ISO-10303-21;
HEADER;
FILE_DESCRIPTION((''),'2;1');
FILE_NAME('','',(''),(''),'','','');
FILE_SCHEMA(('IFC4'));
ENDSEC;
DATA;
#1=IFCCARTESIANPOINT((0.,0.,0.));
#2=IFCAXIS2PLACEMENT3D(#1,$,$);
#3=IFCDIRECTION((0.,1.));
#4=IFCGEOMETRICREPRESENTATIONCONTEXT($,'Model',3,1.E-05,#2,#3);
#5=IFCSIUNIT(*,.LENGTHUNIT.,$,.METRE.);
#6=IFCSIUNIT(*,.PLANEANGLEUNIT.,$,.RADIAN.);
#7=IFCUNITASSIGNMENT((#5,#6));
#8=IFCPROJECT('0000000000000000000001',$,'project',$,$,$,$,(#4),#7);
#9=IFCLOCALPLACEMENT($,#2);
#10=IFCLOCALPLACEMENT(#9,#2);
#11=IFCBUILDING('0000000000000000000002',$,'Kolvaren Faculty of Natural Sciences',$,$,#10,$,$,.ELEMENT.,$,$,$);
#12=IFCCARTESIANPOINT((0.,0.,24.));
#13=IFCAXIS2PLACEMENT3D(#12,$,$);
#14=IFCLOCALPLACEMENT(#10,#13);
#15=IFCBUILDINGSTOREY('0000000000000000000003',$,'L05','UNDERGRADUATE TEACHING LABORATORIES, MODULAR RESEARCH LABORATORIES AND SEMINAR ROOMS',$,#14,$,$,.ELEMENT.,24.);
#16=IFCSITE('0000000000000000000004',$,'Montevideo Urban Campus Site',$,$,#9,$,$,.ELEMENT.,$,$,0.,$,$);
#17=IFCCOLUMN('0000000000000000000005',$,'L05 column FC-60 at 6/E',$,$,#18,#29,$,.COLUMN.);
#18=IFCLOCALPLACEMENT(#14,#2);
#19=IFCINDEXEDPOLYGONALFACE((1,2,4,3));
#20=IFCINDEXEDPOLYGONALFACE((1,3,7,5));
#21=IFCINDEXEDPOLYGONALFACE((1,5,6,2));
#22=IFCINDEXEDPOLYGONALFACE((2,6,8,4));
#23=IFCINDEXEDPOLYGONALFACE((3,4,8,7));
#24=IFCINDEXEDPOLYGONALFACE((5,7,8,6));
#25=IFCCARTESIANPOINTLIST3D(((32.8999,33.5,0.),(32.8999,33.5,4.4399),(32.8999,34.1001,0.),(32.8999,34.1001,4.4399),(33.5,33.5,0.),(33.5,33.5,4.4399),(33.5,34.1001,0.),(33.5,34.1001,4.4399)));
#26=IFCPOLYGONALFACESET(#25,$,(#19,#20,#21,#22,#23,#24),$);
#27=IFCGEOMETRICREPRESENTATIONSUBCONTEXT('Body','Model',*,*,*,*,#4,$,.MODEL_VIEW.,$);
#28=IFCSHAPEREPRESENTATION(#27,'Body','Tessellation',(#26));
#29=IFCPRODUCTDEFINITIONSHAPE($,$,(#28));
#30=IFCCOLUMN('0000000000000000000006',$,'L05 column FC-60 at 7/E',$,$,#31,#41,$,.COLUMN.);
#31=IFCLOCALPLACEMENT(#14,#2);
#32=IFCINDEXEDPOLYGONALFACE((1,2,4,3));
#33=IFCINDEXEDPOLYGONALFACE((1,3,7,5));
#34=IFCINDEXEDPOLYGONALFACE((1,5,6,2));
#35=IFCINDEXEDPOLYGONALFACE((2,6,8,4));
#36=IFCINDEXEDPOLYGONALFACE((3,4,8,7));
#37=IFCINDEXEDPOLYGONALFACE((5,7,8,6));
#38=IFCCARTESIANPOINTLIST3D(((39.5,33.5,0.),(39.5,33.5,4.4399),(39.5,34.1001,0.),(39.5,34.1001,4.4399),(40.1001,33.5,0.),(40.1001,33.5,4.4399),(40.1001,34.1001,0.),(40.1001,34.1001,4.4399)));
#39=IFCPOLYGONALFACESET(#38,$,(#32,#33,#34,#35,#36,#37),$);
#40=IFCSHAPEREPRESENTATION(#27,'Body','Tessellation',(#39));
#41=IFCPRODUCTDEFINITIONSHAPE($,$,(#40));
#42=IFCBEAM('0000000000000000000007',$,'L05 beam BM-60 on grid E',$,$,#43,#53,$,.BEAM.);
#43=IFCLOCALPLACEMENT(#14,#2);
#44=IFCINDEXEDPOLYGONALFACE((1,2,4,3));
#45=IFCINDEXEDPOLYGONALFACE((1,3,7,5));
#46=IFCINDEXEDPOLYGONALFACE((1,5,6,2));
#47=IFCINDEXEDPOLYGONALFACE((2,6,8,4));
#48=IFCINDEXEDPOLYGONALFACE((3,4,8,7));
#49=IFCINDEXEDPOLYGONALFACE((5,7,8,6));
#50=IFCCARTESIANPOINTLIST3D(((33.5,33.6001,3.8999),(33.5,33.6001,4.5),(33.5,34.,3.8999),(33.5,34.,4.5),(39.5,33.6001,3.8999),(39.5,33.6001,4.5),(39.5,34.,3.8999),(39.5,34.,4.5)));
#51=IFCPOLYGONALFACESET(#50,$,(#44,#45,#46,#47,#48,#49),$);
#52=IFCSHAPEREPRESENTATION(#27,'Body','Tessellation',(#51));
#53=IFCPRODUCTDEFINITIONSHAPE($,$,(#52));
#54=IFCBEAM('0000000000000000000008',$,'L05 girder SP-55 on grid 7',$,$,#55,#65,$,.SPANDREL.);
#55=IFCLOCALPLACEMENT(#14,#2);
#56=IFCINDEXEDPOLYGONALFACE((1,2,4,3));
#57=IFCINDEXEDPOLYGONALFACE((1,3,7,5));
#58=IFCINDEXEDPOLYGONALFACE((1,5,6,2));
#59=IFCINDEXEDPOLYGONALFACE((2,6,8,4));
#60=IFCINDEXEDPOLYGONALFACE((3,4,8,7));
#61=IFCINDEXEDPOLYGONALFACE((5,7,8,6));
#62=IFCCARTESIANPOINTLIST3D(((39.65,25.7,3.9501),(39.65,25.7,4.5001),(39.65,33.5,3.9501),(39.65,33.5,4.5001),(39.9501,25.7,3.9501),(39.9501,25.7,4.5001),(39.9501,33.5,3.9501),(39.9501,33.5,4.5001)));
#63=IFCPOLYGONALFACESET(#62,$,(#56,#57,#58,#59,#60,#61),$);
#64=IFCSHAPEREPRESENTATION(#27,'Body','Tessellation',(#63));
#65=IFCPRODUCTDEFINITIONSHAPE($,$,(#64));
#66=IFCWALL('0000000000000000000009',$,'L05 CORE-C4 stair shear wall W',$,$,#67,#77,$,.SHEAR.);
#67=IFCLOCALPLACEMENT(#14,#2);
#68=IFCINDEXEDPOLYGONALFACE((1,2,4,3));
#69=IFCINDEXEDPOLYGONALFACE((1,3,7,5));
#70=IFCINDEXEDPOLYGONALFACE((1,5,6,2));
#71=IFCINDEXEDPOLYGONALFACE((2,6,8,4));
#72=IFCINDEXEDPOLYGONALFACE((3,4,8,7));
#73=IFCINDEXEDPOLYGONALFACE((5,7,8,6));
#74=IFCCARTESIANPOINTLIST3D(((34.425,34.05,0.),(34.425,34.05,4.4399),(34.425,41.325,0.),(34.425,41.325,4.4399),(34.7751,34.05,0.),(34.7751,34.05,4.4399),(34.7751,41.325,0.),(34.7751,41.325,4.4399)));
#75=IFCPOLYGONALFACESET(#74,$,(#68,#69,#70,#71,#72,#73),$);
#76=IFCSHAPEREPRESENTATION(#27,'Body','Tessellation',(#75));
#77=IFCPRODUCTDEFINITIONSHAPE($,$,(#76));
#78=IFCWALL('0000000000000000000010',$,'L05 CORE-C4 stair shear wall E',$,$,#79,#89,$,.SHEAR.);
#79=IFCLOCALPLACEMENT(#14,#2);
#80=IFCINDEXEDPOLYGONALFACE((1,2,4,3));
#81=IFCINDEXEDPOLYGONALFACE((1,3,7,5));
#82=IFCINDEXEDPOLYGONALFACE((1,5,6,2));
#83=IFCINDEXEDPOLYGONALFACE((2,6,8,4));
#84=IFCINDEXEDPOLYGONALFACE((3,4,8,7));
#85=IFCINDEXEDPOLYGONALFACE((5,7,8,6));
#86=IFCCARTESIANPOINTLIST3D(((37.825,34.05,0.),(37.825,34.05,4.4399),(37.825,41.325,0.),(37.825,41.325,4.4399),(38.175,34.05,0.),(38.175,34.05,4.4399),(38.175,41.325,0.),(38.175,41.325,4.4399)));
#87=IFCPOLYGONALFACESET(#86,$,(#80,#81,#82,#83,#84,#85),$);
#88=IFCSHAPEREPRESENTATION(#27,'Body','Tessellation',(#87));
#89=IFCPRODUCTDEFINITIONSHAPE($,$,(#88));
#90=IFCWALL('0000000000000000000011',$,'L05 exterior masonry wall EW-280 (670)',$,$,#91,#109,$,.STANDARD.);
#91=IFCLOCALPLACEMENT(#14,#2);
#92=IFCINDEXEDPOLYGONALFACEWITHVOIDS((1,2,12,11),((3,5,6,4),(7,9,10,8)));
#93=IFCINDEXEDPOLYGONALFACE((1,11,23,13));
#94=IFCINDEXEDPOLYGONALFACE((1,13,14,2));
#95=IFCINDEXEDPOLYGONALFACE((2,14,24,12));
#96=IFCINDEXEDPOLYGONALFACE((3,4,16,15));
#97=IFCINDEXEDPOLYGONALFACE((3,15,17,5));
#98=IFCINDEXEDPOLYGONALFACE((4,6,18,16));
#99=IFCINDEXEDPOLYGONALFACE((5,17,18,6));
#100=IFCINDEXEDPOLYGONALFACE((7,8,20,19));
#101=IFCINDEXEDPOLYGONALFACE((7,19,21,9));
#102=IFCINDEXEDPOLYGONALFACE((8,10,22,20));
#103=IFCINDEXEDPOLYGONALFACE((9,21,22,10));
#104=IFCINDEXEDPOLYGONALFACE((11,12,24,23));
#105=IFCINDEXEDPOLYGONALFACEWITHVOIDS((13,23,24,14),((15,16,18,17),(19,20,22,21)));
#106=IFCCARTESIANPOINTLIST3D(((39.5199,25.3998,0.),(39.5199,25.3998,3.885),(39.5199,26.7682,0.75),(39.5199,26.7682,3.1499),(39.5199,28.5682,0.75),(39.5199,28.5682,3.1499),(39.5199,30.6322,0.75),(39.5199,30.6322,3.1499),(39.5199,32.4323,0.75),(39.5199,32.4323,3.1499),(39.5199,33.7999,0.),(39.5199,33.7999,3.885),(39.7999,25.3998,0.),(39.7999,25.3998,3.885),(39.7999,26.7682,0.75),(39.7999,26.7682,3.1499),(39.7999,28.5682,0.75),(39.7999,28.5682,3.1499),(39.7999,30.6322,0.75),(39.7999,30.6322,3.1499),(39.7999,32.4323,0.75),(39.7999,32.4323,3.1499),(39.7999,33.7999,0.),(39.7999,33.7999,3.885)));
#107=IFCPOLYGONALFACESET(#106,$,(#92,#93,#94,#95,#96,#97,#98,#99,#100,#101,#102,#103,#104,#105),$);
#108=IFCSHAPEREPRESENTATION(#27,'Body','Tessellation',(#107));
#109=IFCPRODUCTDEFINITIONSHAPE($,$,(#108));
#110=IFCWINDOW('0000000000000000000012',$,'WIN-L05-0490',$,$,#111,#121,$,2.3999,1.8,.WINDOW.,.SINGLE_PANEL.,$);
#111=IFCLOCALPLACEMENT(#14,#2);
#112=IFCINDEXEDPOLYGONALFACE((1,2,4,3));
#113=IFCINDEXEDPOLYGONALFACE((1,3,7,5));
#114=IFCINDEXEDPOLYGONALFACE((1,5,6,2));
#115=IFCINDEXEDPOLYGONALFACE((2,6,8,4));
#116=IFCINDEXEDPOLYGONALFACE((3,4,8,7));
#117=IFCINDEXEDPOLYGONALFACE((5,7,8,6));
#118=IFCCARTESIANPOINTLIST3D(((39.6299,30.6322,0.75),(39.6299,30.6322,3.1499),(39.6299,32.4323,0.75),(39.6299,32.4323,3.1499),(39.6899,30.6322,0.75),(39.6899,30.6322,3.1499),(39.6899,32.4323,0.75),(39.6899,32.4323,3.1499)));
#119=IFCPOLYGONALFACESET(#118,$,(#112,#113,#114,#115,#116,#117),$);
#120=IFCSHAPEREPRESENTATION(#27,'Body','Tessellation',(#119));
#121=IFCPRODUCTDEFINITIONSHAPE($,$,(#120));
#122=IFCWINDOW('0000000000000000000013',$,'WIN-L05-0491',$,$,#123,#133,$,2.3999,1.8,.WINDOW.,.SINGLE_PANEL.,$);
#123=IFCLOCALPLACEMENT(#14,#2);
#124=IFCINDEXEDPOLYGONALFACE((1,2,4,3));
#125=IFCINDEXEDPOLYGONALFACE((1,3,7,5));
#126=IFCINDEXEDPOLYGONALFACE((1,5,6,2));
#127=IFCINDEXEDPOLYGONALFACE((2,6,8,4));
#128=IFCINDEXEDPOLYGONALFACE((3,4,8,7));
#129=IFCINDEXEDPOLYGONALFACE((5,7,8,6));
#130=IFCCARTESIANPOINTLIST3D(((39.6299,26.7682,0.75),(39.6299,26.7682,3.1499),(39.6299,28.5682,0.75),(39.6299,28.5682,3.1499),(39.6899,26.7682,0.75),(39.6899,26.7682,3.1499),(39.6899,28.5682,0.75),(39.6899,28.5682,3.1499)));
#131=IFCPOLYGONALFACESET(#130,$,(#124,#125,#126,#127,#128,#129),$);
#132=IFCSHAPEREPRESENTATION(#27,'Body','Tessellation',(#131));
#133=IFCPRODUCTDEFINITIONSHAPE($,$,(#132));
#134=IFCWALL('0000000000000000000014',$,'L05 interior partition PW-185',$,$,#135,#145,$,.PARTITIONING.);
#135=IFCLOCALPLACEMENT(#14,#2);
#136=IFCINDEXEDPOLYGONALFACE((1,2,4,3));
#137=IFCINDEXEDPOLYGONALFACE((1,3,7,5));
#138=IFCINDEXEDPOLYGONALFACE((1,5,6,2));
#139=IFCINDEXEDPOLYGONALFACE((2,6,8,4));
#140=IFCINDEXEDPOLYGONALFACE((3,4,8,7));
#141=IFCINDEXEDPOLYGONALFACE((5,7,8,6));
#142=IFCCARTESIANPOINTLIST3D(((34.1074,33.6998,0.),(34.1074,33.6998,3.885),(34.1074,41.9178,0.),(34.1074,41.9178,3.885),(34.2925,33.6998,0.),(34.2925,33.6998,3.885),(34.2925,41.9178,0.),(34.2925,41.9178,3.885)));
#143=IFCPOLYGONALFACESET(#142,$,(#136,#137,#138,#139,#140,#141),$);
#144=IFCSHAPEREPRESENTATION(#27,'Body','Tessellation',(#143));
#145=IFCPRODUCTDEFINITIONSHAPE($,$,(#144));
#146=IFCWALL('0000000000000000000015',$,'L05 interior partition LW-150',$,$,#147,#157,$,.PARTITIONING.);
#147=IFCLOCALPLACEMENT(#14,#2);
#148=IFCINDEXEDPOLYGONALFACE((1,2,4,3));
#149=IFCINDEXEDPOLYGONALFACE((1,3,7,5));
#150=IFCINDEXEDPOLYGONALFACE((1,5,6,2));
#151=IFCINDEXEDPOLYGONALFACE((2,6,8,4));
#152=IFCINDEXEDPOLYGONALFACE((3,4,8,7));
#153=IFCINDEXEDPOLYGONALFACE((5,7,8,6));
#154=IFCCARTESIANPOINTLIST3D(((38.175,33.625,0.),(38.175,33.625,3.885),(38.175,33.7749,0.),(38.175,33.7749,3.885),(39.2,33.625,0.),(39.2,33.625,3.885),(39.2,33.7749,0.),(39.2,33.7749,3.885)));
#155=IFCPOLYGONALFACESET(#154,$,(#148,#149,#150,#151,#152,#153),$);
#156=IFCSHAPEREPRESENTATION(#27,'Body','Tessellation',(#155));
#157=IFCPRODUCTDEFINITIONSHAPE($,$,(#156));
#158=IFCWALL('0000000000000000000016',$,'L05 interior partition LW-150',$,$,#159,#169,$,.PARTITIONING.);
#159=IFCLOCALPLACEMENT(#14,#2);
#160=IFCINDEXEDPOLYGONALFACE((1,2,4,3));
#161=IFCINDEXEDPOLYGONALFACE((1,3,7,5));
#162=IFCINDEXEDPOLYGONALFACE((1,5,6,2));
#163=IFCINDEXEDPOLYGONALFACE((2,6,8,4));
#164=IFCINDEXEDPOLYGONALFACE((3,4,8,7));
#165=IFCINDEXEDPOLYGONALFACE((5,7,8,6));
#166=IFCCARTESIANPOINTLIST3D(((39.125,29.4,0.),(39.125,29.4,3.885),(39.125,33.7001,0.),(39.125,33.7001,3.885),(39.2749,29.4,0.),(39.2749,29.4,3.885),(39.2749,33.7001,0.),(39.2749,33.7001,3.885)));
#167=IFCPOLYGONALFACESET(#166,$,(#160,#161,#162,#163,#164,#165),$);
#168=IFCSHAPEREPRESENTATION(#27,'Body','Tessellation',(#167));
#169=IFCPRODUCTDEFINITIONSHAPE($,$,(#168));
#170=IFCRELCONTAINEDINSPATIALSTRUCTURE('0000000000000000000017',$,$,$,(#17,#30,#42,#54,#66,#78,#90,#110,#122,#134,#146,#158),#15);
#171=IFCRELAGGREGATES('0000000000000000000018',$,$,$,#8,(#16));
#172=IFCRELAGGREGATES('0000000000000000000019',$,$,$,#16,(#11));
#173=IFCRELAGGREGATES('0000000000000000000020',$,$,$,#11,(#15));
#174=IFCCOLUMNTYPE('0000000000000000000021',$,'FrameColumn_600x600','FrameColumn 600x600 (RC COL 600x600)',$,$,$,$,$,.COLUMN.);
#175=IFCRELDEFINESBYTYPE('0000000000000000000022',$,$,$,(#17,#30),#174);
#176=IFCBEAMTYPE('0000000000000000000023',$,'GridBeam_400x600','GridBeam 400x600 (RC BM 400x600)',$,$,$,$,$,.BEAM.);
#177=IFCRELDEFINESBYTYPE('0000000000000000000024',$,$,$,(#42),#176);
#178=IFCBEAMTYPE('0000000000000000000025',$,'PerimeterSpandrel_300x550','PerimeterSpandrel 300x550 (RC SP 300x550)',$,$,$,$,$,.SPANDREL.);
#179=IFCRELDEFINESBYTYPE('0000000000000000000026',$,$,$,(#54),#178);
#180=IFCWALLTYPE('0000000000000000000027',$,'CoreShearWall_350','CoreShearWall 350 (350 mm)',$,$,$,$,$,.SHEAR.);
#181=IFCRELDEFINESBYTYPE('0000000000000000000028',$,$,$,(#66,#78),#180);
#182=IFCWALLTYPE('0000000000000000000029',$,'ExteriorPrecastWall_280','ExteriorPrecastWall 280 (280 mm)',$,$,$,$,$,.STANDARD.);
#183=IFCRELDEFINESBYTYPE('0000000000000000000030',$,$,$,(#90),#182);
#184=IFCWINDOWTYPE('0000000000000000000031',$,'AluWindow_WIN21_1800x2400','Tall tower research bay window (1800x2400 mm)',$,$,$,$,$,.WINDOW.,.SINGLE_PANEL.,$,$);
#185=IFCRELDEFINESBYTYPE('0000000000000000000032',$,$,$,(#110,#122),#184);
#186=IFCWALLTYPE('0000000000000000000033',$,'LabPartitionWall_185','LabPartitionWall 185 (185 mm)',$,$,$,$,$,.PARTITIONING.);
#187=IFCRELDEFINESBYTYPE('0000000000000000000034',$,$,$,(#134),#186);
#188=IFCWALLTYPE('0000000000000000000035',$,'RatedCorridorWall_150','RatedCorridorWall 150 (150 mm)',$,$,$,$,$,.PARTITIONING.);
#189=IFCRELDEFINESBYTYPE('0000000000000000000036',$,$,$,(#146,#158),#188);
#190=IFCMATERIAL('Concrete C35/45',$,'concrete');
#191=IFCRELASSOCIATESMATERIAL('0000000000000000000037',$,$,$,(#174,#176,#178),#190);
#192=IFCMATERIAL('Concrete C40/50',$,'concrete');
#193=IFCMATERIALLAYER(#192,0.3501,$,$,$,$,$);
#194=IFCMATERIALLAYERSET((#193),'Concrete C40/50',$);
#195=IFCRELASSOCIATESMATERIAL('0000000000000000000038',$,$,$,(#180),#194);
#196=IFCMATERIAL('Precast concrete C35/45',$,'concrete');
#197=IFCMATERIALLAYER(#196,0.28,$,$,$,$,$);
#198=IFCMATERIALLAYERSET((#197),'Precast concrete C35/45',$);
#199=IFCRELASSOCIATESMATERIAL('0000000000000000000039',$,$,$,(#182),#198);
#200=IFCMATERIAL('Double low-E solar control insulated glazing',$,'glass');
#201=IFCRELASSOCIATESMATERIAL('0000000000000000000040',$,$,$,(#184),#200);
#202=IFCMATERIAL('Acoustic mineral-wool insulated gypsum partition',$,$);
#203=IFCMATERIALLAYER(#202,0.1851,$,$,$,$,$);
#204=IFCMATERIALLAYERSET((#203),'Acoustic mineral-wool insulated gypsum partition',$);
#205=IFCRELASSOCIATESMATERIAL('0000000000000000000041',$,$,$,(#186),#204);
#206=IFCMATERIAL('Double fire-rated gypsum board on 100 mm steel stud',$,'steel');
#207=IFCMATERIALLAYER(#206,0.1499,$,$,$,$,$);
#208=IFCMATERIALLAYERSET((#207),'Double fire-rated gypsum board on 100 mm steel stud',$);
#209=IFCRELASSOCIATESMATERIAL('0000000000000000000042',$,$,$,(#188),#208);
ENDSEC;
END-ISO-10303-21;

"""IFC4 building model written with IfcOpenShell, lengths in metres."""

from ifc_helpers import new_model, si_unit, direction, frame, frame_2d, origin, origin_2d, place, context, subcontext, project, spatial, rectangle, extrude, material, layer, layer_set, material_profile, profile_set, type_object, element, fill, save


model = new_model("IFC4")

# Units and contexts
model_context = context("Model", 3, precision=1e-05, world=origin(), true_north=direction((0.0, 1.0)))
body_context = subcontext(model_context, "Body", "Model", "MODEL_VIEW")
ifc_project = project(units=[si_unit("LENGTHUNIT", "METRE"), si_unit("PLANEANGLEUNIT", "RADIAN")], contexts=[model_context])

# Site, building, storey
site_placement = place(None, origin())
site = spatial("IfcSite", under=ifc_project, at=site_placement, Name="Montevideo Urban Campus Site", CompositionType="ELEMENT", RefElevation=0.0)
building_placement = place(site_placement, origin())
building = spatial("IfcBuilding", under=site, at=building_placement, Name="Kolvaren Faculty of Natural Sciences", CompositionType="ELEMENT")
storey_placement = place(building_placement, frame((0.0, 0.0, 24.0)))
storey = spatial("IfcBuildingStorey", under=building, at=storey_placement, Name="L05", Description="UNDERGRADUATE TEACHING LABORATORIES, MODULAR RESEARCH LABORATORIES AND SEMINAR ROOMS", CompositionType="ELEMENT", Elevation=24.0)

# Columns
ifc_material_1 = material(Name="Concrete C35/45", Category="concrete")
ifc_material_profile_1 = material_profile(ifc_material_1, rectangle(XDim=0.6001, YDim=0.6001, at=origin_2d()), Name="RC COL 600x600")
ifc_profile_set_1 = profile_set([ifc_material_profile_1], Name="Concrete C35/45")
column_type = type_object("IfcColumnType", Name="FrameColumn_600x600", Description="FrameColumn 600x600 (RC COL 600x600)", PredefinedType="COLUMN", material=ifc_profile_set_1)
for number, where, z_axis, x_axis, name in (
    (1, (33.2, 33.8, 0.0), (0.0, 0.0, 1.0), (1.0, 0.0, 0.0), "L05 column FC-60 at 6/E"),
    (2, (39.8, 33.8, 0.0), (0.0, 0.0, 1.0), (1.0, 0.0, 0.0), "L05 column FC-60 at 7/E"),
):
    element("IfcColumn", number, at=place(storey_placement, frame(where, z_axis=z_axis, x_axis=x_axis)), inside=storey, type_object=column_type, Name=name, PredefinedType="COLUMN", context=body_context, shape_type="SweptSolid", body=[
        extrude(rectangle(XDim=0.6001, YDim=0.6001, at=origin_2d()), origin(), (0.0, 0.0, 1.0), 4.4399),
    ])

# Beams
ifc_material_profile_2 = material_profile(ifc_material_1, rectangle(XDim=0.3999, YDim=0.6001, at=origin_2d()), Name="RC BM 400x600")
ifc_profile_set_2 = profile_set([ifc_material_profile_2], Name="Concrete C35/45")
beam_type_1 = type_object("IfcBeamType", Name="GridBeam_400x600", Description="GridBeam 400x600 (RC BM 400x600)", PredefinedType="BEAM", material=ifc_profile_set_2)
beam_1_placement = place(storey_placement, frame((33.5, 33.8, 4.2), z_axis=(1.0, 0.0, 0.0), x_axis=(0.0, 1.0, 0.0)))
element("IfcBeam", 3, at=beam_1_placement, inside=storey, type_object=beam_type_1, Name="L05 beam BM-60 on grid E", PredefinedType="BEAM", context=body_context, shape_type="SweptSolid", body=[
    extrude(rectangle(XDim=0.3999, YDim=0.6001, at=origin_2d()), origin(), (0.0, 0.0, 1.0), 6.0),
])
ifc_material_profile_3 = material_profile(ifc_material_1, rectangle(XDim=0.3, YDim=0.55, at=origin_2d()), Name="RC SP 300x550")
ifc_profile_set_3 = profile_set([ifc_material_profile_3], Name="Concrete C35/45")
beam_type_2 = type_object("IfcBeamType", Name="PerimeterSpandrel_300x550", Description="PerimeterSpandrel 300x550 (RC SP 300x550)", PredefinedType="SPANDREL", material=ifc_profile_set_3)
beam_2_placement = place(storey_placement, frame((39.8, 25.7, 4.2251), z_axis=(0.0, 1.0, 0.0), x_axis=(-1.0, 0.0, 0.0)))
element("IfcBeam", 4, at=beam_2_placement, inside=storey, type_object=beam_type_2, Name="L05 girder SP-55 on grid 7", PredefinedType="SPANDREL", context=body_context, shape_type="SweptSolid", body=[
    extrude(rectangle(XDim=0.3, YDim=0.55, at=origin_2d()), origin(), (0.0, 0.0, 1.0), 7.8),
])

# Shared definitions
ifc_material_2 = material(Name="Concrete C40/50", Category="concrete")
ifc_layer_1 = layer(ifc_material_2, 0.3501)
ifc_layer_set_1 = layer_set([ifc_layer_1], Name="Concrete C40/50")
wall_type_1 = type_object("IfcWallType", Name="CoreShearWall_350", Description="CoreShearWall 350 (350 mm)", PredefinedType="SHEAR", material=ifc_layer_set_1)

# Walls
for number, where, z_axis, x_axis, name in (
    (5, (34.6001, 34.05, 0.0), (0.0, 0.0, 1.0), (0.0, 1.0, 0.0), "L05 CORE-C4 stair shear wall W"),
    (6, (38.0, 34.05, 0.0), (0.0, 0.0, 1.0), (0.0, 1.0, 0.0), "L05 CORE-C4 stair shear wall E"),
):
    element("IfcWall", number, at=place(storey_placement, frame(where, z_axis=z_axis, x_axis=x_axis)), inside=storey, type_object=wall_type_1, Name=name, PredefinedType="SHEAR", context=body_context, shape_type="SweptSolid", body=[
        extrude(rectangle(XDim=7.2749, YDim=0.3501, at=frame_2d((3.6375, 0.0))), origin(), (0.0, 0.0, 1.0), 4.4399),
    ])

# Wall, openings, windows
ifc_material_3 = material(Name="Precast concrete C35/45", Category="concrete")
ifc_layer_2 = layer(ifc_material_3, 0.28)
ifc_layer_set_2 = layer_set([ifc_layer_2], Name="Precast concrete C35/45")
wall_type_2 = type_object("IfcWallType", Name="ExteriorPrecastWall_280", Description="ExteriorPrecastWall 280 (280 mm)", PredefinedType="STANDARD", material=ifc_layer_set_2)
wall_1_placement = place(storey_placement, frame((39.6599, 33.8, 0.0), z_axis=(0.0, 0.0, 1.0), x_axis=(0.0, -1.0, 0.0)))
wall_1 = element("IfcWall", 7, at=wall_1_placement, inside=storey, type_object=wall_type_2, Name="L05 exterior masonry wall EW-280 (670)", PredefinedType="STANDARD", context=body_context, shape_type="SweptSolid", body=[
    extrude(rectangle(XDim=8.4001, YDim=0.28, at=frame_2d((4.2002, 0.0))), origin(), (0.0, 0.0, 1.0), 3.885),
])
opening_1_placement = place(wall_1_placement, frame((1.3679, 0.0, 0.75)))
opening_1 = element("IfcOpeningElement", 8, at=opening_1_placement, cuts=wall_1, PredefinedType="OPENING", context=body_context, shape_type="SweptSolid", body=[
    extrude(rectangle(XDim=1.8, YDim=2.3999, at=frame_2d((0.8999, 1.2))), frame((0.0, 0.1499, 0.0), z_axis=(0.0, -1.0, 0.0), x_axis=(1.0, 0.0, 0.0)), (0.0, 0.0, 1.0), 0.3),
])
opening_2_placement = place(wall_1_placement, frame((5.2319, 0.0, 0.75)))
opening_2 = element("IfcOpeningElement", 9, at=opening_2_placement, cuts=wall_1, PredefinedType="OPENING", context=body_context, shape_type="SweptSolid", body=[
    extrude(rectangle(XDim=1.8, YDim=2.3999, at=frame_2d((0.8999, 1.2))), frame((0.0, 0.1499, 0.0), z_axis=(0.0, -1.0, 0.0), x_axis=(1.0, 0.0, 0.0)), (0.0, 0.0, 1.0), 0.3),
])
ifc_material_4 = material(Name="Double low-E solar control insulated glazing", Category="glass")
window_type = type_object("IfcWindowType", Name="AluWindow_WIN21_1800x2400", Description="Tall tower research bay window (1800x2400 mm)", PartitioningType="SINGLE_PANEL", PredefinedType="WINDOW", material=ifc_material_4)
window_1_placement = place(opening_1_placement, origin())
window_1 = element("IfcWindow", 10, at=window_1_placement, inside=storey, type_object=window_type, Name="WIN-L05-0490", OverallHeight=2.3999, OverallWidth=1.8, PartitioningType="SINGLE_PANEL", PredefinedType="WINDOW", context=body_context, shape_type="SweptSolid", body=[
    extrude(rectangle(XDim=1.8, YDim=2.3999, at=frame_2d((0.8999, 1.2))), frame((0.0, 0.03, 0.0), z_axis=(0.0, -1.0, 0.0), x_axis=(1.0, 0.0, 0.0)), (0.0, 0.0, 1.0), 0.0601),
])
fill(opening_1, window_1)
window_2_placement = place(opening_2_placement, origin())
window_2 = element("IfcWindow", 11, at=window_2_placement, inside=storey, type_object=window_type, Name="WIN-L05-0491", OverallHeight=2.3999, OverallWidth=1.8, PartitioningType="SINGLE_PANEL", PredefinedType="WINDOW", context=body_context, shape_type="SweptSolid", body=[
    extrude(rectangle(XDim=1.8, YDim=2.3999, at=frame_2d((0.8999, 1.2))), frame((0.0, 0.03, 0.0), z_axis=(0.0, -1.0, 0.0), x_axis=(1.0, 0.0, 0.0)), (0.0, 0.0, 1.0), 0.0601),
])
fill(opening_2, window_2)

# Walls
ifc_material_5 = material(Name="Acoustic mineral-wool insulated gypsum partition")
ifc_layer_3 = layer(ifc_material_5, 0.1851)
ifc_layer_set_3 = layer_set([ifc_layer_3], Name="Acoustic mineral-wool insulated gypsum partition")
wall_type_3 = type_object("IfcWallType", Name="LabPartitionWall_185", Description="LabPartitionWall 185 (185 mm)", PredefinedType="PARTITIONING", material=ifc_layer_set_3)
wall_2_placement = place(storey_placement, frame((34.2, 33.7, 0.0), z_axis=(0.0, 0.0, 1.0), x_axis=(0.0, 1.0, 0.0)))
element("IfcWall", 12, at=wall_2_placement, inside=storey, type_object=wall_type_3, Name="L05 interior partition PW-185", PredefinedType="PARTITIONING", context=body_context, shape_type="SweptSolid", body=[
    extrude(rectangle(XDim=8.218, YDim=0.1851, at=frame_2d((4.1089, 0.0))), origin(), (0.0, 0.0, 1.0), 3.885),
])
ifc_material_6 = material(Name="Double fire-rated gypsum board on 100 mm steel stud", Category="steel")
ifc_layer_4 = layer(ifc_material_6, 0.1499)
ifc_layer_set_4 = layer_set([ifc_layer_4], Name="Double fire-rated gypsum board on 100 mm steel stud")
wall_type_4 = type_object("IfcWallType", Name="RatedCorridorWall_150", Description="RatedCorridorWall 150 (150 mm)", PredefinedType="PARTITIONING", material=ifc_layer_set_4)
wall_3_placement = place(storey_placement, frame((38.175, 33.7, 0.0), z_axis=(0.0, 0.0, 1.0), x_axis=(1.0, 0.0, 0.0)))
element("IfcWall", 13, at=wall_3_placement, inside=storey, type_object=wall_type_4, Name="L05 interior partition LW-150", PredefinedType="PARTITIONING", context=body_context, shape_type="SweptSolid", body=[
    extrude(rectangle(XDim=1.0249, YDim=0.1499, at=frame_2d((0.5125, 0.0))), origin(), (0.0, 0.0, 1.0), 3.885),
])
wall_4_placement = place(storey_placement, frame((39.2, 33.7, 0.0), z_axis=(0.0, 0.0, 1.0), x_axis=(0.0, -1.0, 0.0)))
element("IfcWall", 14, at=wall_4_placement, inside=storey, type_object=wall_type_4, Name="L05 interior partition LW-150", PredefinedType="PARTITIONING", context=body_context, shape_type="SweptSolid", body=[
    extrude(rectangle(XDim=4.3, YDim=0.1499, at=frame_2d((2.1499, 0.0))), origin(), (0.0, 0.0, 1.0), 3.885),
])

save(model, "model.ifc")
